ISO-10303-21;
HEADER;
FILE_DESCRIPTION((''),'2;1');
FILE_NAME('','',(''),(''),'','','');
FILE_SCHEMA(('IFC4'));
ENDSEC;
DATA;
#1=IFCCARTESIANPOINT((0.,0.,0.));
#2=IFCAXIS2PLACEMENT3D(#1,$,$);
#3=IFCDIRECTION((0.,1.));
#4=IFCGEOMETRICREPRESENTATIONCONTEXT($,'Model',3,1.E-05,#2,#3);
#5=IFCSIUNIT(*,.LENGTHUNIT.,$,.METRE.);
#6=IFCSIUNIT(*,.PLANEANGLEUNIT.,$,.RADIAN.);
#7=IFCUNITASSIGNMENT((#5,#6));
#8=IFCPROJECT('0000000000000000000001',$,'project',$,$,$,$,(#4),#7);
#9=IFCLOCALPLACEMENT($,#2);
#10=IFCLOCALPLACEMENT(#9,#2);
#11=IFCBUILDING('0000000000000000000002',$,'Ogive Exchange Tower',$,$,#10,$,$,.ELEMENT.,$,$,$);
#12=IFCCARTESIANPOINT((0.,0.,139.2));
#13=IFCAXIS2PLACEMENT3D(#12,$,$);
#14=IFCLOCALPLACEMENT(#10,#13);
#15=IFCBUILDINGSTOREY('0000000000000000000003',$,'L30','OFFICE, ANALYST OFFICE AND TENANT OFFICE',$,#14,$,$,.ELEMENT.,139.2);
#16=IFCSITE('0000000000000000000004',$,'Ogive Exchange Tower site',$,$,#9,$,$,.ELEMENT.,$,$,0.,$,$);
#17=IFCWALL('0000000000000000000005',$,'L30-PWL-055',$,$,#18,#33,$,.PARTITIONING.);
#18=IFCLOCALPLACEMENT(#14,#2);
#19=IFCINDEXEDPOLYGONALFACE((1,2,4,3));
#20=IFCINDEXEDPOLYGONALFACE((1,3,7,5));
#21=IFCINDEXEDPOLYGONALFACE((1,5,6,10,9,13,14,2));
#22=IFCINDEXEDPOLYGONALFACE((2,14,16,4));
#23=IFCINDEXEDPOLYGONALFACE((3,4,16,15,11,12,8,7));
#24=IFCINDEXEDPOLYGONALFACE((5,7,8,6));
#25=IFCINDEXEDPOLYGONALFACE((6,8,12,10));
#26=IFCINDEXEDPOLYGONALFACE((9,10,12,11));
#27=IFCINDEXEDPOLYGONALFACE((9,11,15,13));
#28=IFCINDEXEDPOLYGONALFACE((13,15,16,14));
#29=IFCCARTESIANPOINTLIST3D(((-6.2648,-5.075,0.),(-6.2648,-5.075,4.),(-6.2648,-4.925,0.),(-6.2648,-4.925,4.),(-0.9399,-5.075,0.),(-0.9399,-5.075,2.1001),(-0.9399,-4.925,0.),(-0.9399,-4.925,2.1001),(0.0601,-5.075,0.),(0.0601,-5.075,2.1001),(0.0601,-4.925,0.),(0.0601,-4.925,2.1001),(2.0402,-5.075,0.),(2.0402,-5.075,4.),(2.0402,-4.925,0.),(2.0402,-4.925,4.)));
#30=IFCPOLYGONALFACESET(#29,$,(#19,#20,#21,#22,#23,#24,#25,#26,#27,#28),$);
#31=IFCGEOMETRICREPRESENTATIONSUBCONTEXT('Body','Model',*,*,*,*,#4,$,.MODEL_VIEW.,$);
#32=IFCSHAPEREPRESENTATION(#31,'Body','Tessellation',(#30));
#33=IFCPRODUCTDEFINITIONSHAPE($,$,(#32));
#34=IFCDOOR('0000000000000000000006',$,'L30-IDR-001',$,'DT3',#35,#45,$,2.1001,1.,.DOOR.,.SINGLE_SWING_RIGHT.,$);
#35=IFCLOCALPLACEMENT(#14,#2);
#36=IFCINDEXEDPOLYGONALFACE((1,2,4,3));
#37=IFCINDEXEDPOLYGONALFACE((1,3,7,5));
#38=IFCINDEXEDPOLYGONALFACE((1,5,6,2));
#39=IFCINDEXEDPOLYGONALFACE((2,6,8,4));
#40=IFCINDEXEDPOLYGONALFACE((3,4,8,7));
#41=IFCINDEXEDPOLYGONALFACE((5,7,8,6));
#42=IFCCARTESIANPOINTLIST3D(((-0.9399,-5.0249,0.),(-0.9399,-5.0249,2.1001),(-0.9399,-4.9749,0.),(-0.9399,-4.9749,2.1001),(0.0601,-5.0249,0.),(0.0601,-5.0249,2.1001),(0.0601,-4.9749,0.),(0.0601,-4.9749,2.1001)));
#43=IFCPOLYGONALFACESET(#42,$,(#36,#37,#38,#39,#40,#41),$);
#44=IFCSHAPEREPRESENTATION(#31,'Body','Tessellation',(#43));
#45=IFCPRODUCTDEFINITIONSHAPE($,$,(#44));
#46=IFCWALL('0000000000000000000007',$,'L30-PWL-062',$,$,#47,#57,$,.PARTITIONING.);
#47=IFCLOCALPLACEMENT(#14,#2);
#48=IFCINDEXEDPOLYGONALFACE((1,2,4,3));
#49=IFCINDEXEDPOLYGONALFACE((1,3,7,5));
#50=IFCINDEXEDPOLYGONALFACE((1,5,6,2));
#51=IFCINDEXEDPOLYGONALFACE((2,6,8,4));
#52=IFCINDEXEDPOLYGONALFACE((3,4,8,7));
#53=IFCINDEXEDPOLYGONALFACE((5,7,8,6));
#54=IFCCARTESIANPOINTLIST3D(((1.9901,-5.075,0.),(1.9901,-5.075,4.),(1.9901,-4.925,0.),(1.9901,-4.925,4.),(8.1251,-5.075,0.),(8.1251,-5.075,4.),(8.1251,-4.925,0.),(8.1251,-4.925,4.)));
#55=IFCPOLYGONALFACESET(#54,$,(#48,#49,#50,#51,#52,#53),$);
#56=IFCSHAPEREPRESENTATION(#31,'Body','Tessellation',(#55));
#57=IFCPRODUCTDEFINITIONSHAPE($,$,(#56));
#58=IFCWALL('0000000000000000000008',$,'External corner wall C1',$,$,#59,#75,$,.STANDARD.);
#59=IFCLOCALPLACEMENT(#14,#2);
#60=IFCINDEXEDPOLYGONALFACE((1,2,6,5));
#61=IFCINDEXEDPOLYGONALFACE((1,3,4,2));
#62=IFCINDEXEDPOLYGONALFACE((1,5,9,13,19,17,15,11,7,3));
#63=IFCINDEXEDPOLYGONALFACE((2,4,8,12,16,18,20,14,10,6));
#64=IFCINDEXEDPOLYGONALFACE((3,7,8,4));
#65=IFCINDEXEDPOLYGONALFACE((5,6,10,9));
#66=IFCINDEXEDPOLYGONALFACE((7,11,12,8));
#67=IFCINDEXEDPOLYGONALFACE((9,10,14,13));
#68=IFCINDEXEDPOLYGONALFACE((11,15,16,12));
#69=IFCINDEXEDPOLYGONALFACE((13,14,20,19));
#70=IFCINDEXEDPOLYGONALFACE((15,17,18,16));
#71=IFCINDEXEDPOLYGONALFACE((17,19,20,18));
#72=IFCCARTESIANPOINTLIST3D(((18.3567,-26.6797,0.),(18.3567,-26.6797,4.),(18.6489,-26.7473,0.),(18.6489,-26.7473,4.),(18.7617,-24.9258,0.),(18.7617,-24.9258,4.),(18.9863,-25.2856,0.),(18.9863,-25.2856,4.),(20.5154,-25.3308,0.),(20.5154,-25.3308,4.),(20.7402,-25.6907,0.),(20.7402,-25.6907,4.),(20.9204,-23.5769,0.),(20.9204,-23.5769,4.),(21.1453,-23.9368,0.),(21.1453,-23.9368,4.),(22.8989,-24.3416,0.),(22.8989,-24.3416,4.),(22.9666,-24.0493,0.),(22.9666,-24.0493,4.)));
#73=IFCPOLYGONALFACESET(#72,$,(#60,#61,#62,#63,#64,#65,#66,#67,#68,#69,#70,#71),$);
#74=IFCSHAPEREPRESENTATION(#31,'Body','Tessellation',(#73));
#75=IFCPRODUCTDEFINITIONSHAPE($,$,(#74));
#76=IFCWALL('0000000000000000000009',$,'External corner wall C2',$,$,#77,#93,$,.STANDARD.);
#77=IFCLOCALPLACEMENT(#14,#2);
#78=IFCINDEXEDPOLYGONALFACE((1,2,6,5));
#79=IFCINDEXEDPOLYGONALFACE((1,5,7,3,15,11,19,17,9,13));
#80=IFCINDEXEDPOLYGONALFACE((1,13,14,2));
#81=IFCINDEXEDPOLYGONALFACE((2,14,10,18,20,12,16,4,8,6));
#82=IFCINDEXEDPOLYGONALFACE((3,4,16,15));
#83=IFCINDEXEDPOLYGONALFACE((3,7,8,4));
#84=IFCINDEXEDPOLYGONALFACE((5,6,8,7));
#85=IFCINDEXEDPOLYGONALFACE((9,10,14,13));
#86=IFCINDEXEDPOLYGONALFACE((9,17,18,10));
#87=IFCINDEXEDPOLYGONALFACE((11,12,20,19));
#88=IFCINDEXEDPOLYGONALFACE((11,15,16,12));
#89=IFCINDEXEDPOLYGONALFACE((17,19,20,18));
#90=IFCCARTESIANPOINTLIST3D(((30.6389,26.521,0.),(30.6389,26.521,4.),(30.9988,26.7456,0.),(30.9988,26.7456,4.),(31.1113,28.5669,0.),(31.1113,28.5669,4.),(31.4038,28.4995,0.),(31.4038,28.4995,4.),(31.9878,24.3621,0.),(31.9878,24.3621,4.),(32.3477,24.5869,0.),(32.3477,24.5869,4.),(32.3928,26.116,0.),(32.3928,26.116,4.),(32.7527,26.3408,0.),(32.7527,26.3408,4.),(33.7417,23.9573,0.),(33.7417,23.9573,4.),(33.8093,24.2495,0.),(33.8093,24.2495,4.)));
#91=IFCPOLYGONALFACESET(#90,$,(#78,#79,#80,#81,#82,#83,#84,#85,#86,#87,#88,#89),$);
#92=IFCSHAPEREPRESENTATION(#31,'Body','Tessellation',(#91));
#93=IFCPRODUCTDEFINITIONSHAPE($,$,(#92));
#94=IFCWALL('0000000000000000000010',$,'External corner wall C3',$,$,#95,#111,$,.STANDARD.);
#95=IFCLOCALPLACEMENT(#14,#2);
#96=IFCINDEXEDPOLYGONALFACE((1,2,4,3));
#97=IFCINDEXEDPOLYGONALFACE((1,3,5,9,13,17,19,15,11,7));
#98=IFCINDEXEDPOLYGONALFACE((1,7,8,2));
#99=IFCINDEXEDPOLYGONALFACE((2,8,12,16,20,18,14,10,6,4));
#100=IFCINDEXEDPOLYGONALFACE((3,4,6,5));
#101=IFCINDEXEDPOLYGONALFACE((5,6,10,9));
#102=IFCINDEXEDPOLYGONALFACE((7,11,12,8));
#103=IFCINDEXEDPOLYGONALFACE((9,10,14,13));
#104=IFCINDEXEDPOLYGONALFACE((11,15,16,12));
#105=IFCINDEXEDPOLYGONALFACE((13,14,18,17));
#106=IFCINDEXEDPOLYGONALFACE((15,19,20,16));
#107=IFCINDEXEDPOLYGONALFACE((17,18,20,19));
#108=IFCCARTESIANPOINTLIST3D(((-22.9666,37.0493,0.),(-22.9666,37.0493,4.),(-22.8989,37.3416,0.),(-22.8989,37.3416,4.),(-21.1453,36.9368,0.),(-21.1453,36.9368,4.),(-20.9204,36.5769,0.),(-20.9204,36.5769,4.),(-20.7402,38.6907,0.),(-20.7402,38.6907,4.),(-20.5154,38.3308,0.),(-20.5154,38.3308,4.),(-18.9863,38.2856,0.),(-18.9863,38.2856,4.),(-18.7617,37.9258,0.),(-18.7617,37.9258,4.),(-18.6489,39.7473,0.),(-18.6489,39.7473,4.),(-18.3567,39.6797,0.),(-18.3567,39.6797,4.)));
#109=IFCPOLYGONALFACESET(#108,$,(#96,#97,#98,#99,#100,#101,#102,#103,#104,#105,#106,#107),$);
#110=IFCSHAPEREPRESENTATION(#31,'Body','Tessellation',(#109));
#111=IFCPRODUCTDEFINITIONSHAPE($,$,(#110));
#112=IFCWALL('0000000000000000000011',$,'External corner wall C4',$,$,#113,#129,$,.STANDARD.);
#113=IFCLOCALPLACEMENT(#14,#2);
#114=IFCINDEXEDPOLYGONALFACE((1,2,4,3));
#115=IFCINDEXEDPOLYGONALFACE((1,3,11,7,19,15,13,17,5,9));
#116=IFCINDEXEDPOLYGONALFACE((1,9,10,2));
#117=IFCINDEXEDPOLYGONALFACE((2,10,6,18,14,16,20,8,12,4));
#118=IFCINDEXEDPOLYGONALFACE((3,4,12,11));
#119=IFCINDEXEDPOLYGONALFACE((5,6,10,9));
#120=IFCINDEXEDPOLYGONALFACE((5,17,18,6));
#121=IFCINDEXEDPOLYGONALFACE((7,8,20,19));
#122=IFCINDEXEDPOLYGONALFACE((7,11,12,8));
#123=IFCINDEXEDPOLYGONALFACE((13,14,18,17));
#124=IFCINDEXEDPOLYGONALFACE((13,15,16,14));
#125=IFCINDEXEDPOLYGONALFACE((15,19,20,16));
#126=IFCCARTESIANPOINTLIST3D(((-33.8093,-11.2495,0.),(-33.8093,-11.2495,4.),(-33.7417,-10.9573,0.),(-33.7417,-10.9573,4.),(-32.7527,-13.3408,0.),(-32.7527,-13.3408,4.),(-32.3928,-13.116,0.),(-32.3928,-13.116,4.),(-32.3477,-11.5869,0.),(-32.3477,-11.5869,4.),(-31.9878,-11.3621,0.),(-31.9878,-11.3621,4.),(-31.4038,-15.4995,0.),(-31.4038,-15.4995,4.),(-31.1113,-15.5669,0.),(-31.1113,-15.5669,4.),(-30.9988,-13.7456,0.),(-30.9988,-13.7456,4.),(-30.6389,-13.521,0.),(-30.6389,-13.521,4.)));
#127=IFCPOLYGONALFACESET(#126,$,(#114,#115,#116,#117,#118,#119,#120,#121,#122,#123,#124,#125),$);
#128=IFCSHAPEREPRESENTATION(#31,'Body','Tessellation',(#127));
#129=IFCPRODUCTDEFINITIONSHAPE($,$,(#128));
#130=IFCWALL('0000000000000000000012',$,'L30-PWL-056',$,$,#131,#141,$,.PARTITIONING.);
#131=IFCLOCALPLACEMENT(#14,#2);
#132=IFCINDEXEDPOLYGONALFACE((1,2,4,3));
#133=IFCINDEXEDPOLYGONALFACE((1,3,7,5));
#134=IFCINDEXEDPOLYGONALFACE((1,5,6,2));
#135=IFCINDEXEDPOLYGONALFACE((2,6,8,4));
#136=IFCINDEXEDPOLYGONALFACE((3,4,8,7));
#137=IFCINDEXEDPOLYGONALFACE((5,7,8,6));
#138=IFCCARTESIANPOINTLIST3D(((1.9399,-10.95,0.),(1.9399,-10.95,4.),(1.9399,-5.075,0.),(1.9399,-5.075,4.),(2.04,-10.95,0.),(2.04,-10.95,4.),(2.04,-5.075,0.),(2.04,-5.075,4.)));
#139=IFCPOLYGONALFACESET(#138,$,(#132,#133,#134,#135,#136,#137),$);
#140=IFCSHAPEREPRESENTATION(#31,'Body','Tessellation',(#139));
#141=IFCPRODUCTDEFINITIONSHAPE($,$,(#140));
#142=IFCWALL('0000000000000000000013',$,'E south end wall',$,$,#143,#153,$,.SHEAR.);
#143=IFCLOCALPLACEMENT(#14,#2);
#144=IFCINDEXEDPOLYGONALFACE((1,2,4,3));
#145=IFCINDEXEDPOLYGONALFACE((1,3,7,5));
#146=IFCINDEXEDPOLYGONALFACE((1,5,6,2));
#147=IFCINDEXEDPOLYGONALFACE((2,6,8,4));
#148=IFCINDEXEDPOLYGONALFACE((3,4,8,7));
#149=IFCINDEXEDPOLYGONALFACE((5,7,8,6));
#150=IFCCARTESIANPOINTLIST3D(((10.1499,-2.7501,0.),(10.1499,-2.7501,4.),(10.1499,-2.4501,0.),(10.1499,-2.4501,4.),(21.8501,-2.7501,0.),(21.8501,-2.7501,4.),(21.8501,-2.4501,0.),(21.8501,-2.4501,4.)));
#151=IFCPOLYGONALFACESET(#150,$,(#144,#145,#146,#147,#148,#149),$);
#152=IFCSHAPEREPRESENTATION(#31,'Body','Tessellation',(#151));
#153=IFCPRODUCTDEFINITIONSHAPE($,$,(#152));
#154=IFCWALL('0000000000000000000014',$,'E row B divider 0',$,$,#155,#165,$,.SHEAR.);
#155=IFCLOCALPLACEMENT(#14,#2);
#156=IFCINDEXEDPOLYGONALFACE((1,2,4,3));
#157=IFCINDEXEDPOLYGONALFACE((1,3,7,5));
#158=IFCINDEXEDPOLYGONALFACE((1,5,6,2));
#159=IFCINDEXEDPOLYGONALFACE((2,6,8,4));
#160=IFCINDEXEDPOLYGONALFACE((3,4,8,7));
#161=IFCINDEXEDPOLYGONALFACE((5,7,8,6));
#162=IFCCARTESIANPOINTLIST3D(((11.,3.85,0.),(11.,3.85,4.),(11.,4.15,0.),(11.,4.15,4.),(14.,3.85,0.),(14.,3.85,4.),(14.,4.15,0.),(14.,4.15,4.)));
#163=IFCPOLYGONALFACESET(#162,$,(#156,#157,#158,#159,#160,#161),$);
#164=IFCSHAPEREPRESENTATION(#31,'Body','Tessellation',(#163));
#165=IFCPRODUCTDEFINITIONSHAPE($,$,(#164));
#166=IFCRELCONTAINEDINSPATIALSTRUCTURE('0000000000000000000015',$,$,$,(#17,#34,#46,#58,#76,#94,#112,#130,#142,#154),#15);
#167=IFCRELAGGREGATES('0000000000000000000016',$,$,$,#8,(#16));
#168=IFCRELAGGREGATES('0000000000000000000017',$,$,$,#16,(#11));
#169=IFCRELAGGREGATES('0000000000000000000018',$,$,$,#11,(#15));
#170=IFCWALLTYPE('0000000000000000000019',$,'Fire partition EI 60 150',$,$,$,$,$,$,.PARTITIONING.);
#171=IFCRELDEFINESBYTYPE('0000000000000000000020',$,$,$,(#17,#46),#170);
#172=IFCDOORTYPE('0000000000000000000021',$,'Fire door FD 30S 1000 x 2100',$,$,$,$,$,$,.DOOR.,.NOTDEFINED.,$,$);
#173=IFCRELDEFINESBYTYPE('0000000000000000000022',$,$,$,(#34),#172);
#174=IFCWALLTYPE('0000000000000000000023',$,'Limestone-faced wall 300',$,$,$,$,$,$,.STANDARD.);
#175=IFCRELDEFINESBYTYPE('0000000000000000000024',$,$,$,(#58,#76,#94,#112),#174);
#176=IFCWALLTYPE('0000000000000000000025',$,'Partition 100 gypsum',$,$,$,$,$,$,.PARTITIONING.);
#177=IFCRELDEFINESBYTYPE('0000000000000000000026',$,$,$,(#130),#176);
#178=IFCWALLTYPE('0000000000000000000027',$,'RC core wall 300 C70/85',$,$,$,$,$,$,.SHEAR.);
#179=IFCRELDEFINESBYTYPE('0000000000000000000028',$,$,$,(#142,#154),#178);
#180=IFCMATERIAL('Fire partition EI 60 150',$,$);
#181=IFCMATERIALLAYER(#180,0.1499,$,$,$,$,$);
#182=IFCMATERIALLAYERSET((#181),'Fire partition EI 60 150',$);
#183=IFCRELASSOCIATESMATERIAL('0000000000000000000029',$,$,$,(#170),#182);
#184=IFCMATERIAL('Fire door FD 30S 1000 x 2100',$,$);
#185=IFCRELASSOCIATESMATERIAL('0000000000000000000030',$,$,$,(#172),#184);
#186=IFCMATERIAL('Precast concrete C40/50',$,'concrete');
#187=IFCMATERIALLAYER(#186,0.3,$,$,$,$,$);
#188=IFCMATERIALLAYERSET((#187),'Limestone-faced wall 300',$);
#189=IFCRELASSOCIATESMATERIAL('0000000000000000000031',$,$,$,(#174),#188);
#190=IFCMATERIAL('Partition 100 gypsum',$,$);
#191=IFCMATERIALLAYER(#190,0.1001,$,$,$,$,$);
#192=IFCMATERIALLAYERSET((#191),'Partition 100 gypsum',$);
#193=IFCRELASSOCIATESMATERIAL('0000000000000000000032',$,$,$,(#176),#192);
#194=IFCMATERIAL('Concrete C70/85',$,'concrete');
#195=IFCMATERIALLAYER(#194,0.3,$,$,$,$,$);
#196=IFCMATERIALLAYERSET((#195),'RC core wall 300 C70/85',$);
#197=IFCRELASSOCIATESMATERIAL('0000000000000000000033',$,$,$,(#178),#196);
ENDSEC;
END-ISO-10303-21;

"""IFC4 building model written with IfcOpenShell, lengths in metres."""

from ifc_helpers import new_model, si_unit, direction, frame, frame_2d, origin, place, context, subcontext, project, spatial, polyline, rectangle, outline, extrude, material, layer, layer_set, type_object, element, fill, save


model = new_model("IFC4")

# Units and contexts
model_context = context("Model", 3, precision=1e-05, world=origin(), true_north=direction((0.0, 1.0)))
body_context = subcontext(model_context, "Body", "Model", "MODEL_VIEW")
ifc_project = project(units=[si_unit("LENGTHUNIT", "METRE"), si_unit("PLANEANGLEUNIT", "RADIAN")], contexts=[model_context])

# Site, building, storey
site_placement = place(None, origin())
site = spatial("IfcSite", under=ifc_project, at=site_placement, Name="Ogive Exchange Tower site", CompositionType="ELEMENT", RefElevation=0.0)
building_placement = place(site_placement, origin())
building = spatial("IfcBuilding", under=site, at=building_placement, Name="Ogive Exchange Tower", CompositionType="ELEMENT")
storey_placement = place(building_placement, frame((0.0, 0.0, 139.2)))
storey = spatial("IfcBuildingStorey", under=building, at=storey_placement, Name="L30", Description="OFFICE, ANALYST OFFICE AND TENANT OFFICE", CompositionType="ELEMENT", Elevation=139.2)

# Shared definitions
ifc_material_1 = material(Name="Concrete C70/85", Category="concrete")

# Wall, opening, door
ifc_material_2 = material(Name="Fire partition EI 60 150")
ifc_layer_1 = layer(ifc_material_2, 0.1499)
ifc_layer_set_1 = layer_set([ifc_layer_1], Name="Fire partition EI 60 150")
wall_type_1 = type_object("IfcWallType", Name="Fire partition EI 60 150", PredefinedType="PARTITIONING", material=ifc_layer_set_1)
wall_1_placement = place(storey_placement, frame((2.04, -5.0, 0.0), z_axis=(0.0, 0.0, 1.0), x_axis=(-1.0, 0.0, 0.0)))
wall_1 = element("IfcWall", 1, at=wall_1_placement, inside=storey, type_object=wall_type_1, Name="L30-PWL-055", PredefinedType="PARTITIONING", context=body_context, shape_type="SweptSolid", body=[
    extrude(rectangle(XDim=8.3049, YDim=0.1499, at=frame_2d((4.1523, 0.0))), origin(), (0.0, 0.0, 1.0), 4.0),
])
opening_1_placement = place(wall_1_placement, frame((1.98, 0.0, 0.0)))
opening_1 = element("IfcOpeningElement", 2, at=opening_1_placement, cuts=wall_1, PredefinedType="OPENING", context=body_context, shape_type="SweptSolid", body=[
    extrude(rectangle(XDim=1.0, YDim=2.1001, at=frame_2d((0.5, 1.05))), frame((0.0, 0.085, 0.0), z_axis=(0.0, -1.0, 0.0), x_axis=(1.0, 0.0, 0.0)), (0.0, 0.0, 1.0), 0.1699),
])
ifc_material_3 = material(Name="Fire door FD 30S 1000 x 2100")
door_type_1 = type_object("IfcDoorType", Name="Fire door FD 30S 1000 x 2100", OperationType="NOTDEFINED", PredefinedType="DOOR", material=ifc_material_3)
door_1_placement = place(opening_1_placement, origin())
door_1 = element("IfcDoor", 3, at=door_1_placement, inside=storey, type_object=door_type_1, Name="L30-IDR-001", ObjectType="DT3", OperationType="SINGLE_SWING_RIGHT", OverallHeight=2.1001, OverallWidth=1.0, PredefinedType="DOOR", context=body_context, shape_type="SweptSolid", body=[
    extrude(rectangle(XDim=1.0, YDim=2.1001, at=frame_2d((0.5, 1.05))), frame((0.0, 0.0249, 0.0), z_axis=(0.0, -1.0, 0.0), x_axis=(1.0, 0.0, 0.0)), (0.0, 0.0, 1.0), 0.05),
])
fill(opening_1, door_1)

# Walls
wall_2_placement = place(storey_placement, frame((8.125, -5.0, 0.0), z_axis=(0.0, 0.0, 1.0), x_axis=(-1.0, 0.0, 0.0)))
element("IfcWall", 4, at=wall_2_placement, inside=storey, type_object=wall_type_1, Name="L30-PWL-062", PredefinedType="PARTITIONING", context=body_context, shape_type="SweptSolid", body=[
    extrude(rectangle(XDim=6.135, YDim=0.1499, at=frame_2d((3.0674, 0.0))), origin(), (0.0, 0.0, 1.0), 4.0),
])
ifc_material_4 = material(Name="Precast concrete C40/50", Category="concrete")
ifc_layer_2 = layer(ifc_material_4, 0.3)
ifc_layer_set_2 = layer_set([ifc_layer_2], Name="Limestone-faced wall 300")
wall_type_2 = type_object("IfcWallType", Name="Limestone-faced wall 300", PredefinedType="STANDARD", material=ifc_layer_set_2)
wall_3_placement = place(storey_placement, origin())
element("IfcWall", 5, at=wall_3_placement, inside=storey, type_object=wall_type_2, Name="External corner wall C1", PredefinedType="STANDARD", context=body_context, shape_type="SweptSolid", body=[
    extrude(outline(polyline([(20.5154, -25.3308), (20.9204, -23.5769), (22.9666, -24.0493), (22.8989, -24.3416), (21.1453, -23.9368), (20.7402, -25.6907), (18.9863, -25.2856), (18.6489, -26.7473), (18.3567, -26.6797), (18.7617, -24.9258), (20.5154, -25.3308)])), origin(), (0.0, 0.0, 1.0), 4.0),
])
wall_4_placement = place(storey_placement, origin())
element("IfcWall", 6, at=wall_4_placement, inside=storey, type_object=wall_type_2, Name="External corner wall C2", PredefinedType="STANDARD", context=body_context, shape_type="SweptSolid", body=[
    extrude(outline(polyline([(32.3928, 26.116), (30.6389, 26.521), (31.1113, 28.5669), (31.4038, 28.4995), (30.9988, 26.7456), (32.7527, 26.3408), (32.3477, 24.5869), (33.8093, 24.2495), (33.7417, 23.9573), (31.9878, 24.3621), (32.3928, 26.116)])), origin(), (0.0, 0.0, 1.0), 4.0),
])
wall_5_placement = place(storey_placement, origin())
element("IfcWall", 7, at=wall_5_placement, inside=storey, type_object=wall_type_2, Name="External corner wall C3", PredefinedType="STANDARD", context=body_context, shape_type="SweptSolid", body=[
    extrude(outline(polyline([(-22.9666, 37.0493), (-22.8989, 37.3416), (-21.1453, 36.9368), (-20.7402, 38.6907), (-18.9863, 38.2856), (-18.6489, 39.7473), (-18.3567, 39.6797), (-18.7617, 37.9258), (-20.5154, 38.3308), (-20.9204, 36.5769), (-22.9666, 37.0493)])), origin(), (0.0, 0.0, 1.0), 4.0),
])
wall_6_placement = place(storey_placement, origin())
element("IfcWall", 8, at=wall_6_placement, inside=storey, type_object=wall_type_2, Name="External corner wall C4", PredefinedType="STANDARD", context=body_context, shape_type="SweptSolid", body=[
    extrude(outline(polyline([(-32.3928, -13.116), (-30.6389, -13.521), (-31.1113, -15.5669), (-31.4038, -15.4995), (-30.9988, -13.7456), (-32.7527, -13.3408), (-32.3477, -11.5869), (-33.8093, -11.2495), (-33.7417, -10.9573), (-31.9878, -11.3621), (-32.3928, -13.116)])), origin(), (0.0, 0.0, 1.0), 4.0),
])
ifc_material_5 = material(Name="Partition 100 gypsum")
ifc_layer_3 = layer(ifc_material_5, 0.1001)
ifc_layer_set_3 = layer_set([ifc_layer_3], Name="Partition 100 gypsum")
wall_type_3 = type_object("IfcWallType", Name="Partition 100 gypsum", PredefinedType="PARTITIONING", material=ifc_layer_set_3)
wall_7_placement = place(storey_placement, frame((1.99, -5.075, 0.0), z_axis=(0.0, 0.0, 1.0), x_axis=(0.0, -1.0, 0.0)))
element("IfcWall", 9, at=wall_7_placement, inside=storey, type_object=wall_type_3, Name="L30-PWL-056", PredefinedType="PARTITIONING", context=body_context, shape_type="SweptSolid", body=[
    extrude(rectangle(XDim=5.875, YDim=0.1001, at=frame_2d((2.9375, 0.0))), origin(), (0.0, 0.0, 1.0), 4.0),
])
ifc_layer_4 = layer(ifc_material_1, 0.3)
ifc_layer_set_4 = layer_set([ifc_layer_4], Name="RC core wall 300 C70/85")
wall_type_4 = type_object("IfcWallType", Name="RC core wall 300 C70/85", PredefinedType="SHEAR", material=ifc_layer_set_4)
wall_8_placement = place(storey_placement, frame((10.1499, -2.6001, 0.0), z_axis=(0.0, 0.0, 1.0), x_axis=(1.0, 0.0, 0.0)))
element("IfcWall", 10, at=wall_8_placement, inside=storey, type_object=wall_type_4, Name="E south end wall", PredefinedType="SHEAR", context=body_context, shape_type="SweptSolid", body=[
    extrude(rectangle(XDim=11.7002, YDim=0.3, at=frame_2d((5.8501, 0.0))), origin(), (0.0, 0.0, 1.0), 4.0),
])
wall_9_placement = place(storey_placement, frame((11.0, 4.0, 0.0), z_axis=(0.0, 0.0, 1.0), x_axis=(1.0, 0.0, 0.0)))
element("IfcWall", 11, at=wall_9_placement, inside=storey, type_object=wall_type_4, Name="E row B divider 0", PredefinedType="SHEAR", context=body_context, shape_type="SweptSolid", body=[
    extrude(rectangle(XDim=3.0, YDim=0.3, at=frame_2d((1.5, 0.0))), origin(), (0.0, 0.0, 1.0), 4.0),
])

save(model, "model.ifc")
